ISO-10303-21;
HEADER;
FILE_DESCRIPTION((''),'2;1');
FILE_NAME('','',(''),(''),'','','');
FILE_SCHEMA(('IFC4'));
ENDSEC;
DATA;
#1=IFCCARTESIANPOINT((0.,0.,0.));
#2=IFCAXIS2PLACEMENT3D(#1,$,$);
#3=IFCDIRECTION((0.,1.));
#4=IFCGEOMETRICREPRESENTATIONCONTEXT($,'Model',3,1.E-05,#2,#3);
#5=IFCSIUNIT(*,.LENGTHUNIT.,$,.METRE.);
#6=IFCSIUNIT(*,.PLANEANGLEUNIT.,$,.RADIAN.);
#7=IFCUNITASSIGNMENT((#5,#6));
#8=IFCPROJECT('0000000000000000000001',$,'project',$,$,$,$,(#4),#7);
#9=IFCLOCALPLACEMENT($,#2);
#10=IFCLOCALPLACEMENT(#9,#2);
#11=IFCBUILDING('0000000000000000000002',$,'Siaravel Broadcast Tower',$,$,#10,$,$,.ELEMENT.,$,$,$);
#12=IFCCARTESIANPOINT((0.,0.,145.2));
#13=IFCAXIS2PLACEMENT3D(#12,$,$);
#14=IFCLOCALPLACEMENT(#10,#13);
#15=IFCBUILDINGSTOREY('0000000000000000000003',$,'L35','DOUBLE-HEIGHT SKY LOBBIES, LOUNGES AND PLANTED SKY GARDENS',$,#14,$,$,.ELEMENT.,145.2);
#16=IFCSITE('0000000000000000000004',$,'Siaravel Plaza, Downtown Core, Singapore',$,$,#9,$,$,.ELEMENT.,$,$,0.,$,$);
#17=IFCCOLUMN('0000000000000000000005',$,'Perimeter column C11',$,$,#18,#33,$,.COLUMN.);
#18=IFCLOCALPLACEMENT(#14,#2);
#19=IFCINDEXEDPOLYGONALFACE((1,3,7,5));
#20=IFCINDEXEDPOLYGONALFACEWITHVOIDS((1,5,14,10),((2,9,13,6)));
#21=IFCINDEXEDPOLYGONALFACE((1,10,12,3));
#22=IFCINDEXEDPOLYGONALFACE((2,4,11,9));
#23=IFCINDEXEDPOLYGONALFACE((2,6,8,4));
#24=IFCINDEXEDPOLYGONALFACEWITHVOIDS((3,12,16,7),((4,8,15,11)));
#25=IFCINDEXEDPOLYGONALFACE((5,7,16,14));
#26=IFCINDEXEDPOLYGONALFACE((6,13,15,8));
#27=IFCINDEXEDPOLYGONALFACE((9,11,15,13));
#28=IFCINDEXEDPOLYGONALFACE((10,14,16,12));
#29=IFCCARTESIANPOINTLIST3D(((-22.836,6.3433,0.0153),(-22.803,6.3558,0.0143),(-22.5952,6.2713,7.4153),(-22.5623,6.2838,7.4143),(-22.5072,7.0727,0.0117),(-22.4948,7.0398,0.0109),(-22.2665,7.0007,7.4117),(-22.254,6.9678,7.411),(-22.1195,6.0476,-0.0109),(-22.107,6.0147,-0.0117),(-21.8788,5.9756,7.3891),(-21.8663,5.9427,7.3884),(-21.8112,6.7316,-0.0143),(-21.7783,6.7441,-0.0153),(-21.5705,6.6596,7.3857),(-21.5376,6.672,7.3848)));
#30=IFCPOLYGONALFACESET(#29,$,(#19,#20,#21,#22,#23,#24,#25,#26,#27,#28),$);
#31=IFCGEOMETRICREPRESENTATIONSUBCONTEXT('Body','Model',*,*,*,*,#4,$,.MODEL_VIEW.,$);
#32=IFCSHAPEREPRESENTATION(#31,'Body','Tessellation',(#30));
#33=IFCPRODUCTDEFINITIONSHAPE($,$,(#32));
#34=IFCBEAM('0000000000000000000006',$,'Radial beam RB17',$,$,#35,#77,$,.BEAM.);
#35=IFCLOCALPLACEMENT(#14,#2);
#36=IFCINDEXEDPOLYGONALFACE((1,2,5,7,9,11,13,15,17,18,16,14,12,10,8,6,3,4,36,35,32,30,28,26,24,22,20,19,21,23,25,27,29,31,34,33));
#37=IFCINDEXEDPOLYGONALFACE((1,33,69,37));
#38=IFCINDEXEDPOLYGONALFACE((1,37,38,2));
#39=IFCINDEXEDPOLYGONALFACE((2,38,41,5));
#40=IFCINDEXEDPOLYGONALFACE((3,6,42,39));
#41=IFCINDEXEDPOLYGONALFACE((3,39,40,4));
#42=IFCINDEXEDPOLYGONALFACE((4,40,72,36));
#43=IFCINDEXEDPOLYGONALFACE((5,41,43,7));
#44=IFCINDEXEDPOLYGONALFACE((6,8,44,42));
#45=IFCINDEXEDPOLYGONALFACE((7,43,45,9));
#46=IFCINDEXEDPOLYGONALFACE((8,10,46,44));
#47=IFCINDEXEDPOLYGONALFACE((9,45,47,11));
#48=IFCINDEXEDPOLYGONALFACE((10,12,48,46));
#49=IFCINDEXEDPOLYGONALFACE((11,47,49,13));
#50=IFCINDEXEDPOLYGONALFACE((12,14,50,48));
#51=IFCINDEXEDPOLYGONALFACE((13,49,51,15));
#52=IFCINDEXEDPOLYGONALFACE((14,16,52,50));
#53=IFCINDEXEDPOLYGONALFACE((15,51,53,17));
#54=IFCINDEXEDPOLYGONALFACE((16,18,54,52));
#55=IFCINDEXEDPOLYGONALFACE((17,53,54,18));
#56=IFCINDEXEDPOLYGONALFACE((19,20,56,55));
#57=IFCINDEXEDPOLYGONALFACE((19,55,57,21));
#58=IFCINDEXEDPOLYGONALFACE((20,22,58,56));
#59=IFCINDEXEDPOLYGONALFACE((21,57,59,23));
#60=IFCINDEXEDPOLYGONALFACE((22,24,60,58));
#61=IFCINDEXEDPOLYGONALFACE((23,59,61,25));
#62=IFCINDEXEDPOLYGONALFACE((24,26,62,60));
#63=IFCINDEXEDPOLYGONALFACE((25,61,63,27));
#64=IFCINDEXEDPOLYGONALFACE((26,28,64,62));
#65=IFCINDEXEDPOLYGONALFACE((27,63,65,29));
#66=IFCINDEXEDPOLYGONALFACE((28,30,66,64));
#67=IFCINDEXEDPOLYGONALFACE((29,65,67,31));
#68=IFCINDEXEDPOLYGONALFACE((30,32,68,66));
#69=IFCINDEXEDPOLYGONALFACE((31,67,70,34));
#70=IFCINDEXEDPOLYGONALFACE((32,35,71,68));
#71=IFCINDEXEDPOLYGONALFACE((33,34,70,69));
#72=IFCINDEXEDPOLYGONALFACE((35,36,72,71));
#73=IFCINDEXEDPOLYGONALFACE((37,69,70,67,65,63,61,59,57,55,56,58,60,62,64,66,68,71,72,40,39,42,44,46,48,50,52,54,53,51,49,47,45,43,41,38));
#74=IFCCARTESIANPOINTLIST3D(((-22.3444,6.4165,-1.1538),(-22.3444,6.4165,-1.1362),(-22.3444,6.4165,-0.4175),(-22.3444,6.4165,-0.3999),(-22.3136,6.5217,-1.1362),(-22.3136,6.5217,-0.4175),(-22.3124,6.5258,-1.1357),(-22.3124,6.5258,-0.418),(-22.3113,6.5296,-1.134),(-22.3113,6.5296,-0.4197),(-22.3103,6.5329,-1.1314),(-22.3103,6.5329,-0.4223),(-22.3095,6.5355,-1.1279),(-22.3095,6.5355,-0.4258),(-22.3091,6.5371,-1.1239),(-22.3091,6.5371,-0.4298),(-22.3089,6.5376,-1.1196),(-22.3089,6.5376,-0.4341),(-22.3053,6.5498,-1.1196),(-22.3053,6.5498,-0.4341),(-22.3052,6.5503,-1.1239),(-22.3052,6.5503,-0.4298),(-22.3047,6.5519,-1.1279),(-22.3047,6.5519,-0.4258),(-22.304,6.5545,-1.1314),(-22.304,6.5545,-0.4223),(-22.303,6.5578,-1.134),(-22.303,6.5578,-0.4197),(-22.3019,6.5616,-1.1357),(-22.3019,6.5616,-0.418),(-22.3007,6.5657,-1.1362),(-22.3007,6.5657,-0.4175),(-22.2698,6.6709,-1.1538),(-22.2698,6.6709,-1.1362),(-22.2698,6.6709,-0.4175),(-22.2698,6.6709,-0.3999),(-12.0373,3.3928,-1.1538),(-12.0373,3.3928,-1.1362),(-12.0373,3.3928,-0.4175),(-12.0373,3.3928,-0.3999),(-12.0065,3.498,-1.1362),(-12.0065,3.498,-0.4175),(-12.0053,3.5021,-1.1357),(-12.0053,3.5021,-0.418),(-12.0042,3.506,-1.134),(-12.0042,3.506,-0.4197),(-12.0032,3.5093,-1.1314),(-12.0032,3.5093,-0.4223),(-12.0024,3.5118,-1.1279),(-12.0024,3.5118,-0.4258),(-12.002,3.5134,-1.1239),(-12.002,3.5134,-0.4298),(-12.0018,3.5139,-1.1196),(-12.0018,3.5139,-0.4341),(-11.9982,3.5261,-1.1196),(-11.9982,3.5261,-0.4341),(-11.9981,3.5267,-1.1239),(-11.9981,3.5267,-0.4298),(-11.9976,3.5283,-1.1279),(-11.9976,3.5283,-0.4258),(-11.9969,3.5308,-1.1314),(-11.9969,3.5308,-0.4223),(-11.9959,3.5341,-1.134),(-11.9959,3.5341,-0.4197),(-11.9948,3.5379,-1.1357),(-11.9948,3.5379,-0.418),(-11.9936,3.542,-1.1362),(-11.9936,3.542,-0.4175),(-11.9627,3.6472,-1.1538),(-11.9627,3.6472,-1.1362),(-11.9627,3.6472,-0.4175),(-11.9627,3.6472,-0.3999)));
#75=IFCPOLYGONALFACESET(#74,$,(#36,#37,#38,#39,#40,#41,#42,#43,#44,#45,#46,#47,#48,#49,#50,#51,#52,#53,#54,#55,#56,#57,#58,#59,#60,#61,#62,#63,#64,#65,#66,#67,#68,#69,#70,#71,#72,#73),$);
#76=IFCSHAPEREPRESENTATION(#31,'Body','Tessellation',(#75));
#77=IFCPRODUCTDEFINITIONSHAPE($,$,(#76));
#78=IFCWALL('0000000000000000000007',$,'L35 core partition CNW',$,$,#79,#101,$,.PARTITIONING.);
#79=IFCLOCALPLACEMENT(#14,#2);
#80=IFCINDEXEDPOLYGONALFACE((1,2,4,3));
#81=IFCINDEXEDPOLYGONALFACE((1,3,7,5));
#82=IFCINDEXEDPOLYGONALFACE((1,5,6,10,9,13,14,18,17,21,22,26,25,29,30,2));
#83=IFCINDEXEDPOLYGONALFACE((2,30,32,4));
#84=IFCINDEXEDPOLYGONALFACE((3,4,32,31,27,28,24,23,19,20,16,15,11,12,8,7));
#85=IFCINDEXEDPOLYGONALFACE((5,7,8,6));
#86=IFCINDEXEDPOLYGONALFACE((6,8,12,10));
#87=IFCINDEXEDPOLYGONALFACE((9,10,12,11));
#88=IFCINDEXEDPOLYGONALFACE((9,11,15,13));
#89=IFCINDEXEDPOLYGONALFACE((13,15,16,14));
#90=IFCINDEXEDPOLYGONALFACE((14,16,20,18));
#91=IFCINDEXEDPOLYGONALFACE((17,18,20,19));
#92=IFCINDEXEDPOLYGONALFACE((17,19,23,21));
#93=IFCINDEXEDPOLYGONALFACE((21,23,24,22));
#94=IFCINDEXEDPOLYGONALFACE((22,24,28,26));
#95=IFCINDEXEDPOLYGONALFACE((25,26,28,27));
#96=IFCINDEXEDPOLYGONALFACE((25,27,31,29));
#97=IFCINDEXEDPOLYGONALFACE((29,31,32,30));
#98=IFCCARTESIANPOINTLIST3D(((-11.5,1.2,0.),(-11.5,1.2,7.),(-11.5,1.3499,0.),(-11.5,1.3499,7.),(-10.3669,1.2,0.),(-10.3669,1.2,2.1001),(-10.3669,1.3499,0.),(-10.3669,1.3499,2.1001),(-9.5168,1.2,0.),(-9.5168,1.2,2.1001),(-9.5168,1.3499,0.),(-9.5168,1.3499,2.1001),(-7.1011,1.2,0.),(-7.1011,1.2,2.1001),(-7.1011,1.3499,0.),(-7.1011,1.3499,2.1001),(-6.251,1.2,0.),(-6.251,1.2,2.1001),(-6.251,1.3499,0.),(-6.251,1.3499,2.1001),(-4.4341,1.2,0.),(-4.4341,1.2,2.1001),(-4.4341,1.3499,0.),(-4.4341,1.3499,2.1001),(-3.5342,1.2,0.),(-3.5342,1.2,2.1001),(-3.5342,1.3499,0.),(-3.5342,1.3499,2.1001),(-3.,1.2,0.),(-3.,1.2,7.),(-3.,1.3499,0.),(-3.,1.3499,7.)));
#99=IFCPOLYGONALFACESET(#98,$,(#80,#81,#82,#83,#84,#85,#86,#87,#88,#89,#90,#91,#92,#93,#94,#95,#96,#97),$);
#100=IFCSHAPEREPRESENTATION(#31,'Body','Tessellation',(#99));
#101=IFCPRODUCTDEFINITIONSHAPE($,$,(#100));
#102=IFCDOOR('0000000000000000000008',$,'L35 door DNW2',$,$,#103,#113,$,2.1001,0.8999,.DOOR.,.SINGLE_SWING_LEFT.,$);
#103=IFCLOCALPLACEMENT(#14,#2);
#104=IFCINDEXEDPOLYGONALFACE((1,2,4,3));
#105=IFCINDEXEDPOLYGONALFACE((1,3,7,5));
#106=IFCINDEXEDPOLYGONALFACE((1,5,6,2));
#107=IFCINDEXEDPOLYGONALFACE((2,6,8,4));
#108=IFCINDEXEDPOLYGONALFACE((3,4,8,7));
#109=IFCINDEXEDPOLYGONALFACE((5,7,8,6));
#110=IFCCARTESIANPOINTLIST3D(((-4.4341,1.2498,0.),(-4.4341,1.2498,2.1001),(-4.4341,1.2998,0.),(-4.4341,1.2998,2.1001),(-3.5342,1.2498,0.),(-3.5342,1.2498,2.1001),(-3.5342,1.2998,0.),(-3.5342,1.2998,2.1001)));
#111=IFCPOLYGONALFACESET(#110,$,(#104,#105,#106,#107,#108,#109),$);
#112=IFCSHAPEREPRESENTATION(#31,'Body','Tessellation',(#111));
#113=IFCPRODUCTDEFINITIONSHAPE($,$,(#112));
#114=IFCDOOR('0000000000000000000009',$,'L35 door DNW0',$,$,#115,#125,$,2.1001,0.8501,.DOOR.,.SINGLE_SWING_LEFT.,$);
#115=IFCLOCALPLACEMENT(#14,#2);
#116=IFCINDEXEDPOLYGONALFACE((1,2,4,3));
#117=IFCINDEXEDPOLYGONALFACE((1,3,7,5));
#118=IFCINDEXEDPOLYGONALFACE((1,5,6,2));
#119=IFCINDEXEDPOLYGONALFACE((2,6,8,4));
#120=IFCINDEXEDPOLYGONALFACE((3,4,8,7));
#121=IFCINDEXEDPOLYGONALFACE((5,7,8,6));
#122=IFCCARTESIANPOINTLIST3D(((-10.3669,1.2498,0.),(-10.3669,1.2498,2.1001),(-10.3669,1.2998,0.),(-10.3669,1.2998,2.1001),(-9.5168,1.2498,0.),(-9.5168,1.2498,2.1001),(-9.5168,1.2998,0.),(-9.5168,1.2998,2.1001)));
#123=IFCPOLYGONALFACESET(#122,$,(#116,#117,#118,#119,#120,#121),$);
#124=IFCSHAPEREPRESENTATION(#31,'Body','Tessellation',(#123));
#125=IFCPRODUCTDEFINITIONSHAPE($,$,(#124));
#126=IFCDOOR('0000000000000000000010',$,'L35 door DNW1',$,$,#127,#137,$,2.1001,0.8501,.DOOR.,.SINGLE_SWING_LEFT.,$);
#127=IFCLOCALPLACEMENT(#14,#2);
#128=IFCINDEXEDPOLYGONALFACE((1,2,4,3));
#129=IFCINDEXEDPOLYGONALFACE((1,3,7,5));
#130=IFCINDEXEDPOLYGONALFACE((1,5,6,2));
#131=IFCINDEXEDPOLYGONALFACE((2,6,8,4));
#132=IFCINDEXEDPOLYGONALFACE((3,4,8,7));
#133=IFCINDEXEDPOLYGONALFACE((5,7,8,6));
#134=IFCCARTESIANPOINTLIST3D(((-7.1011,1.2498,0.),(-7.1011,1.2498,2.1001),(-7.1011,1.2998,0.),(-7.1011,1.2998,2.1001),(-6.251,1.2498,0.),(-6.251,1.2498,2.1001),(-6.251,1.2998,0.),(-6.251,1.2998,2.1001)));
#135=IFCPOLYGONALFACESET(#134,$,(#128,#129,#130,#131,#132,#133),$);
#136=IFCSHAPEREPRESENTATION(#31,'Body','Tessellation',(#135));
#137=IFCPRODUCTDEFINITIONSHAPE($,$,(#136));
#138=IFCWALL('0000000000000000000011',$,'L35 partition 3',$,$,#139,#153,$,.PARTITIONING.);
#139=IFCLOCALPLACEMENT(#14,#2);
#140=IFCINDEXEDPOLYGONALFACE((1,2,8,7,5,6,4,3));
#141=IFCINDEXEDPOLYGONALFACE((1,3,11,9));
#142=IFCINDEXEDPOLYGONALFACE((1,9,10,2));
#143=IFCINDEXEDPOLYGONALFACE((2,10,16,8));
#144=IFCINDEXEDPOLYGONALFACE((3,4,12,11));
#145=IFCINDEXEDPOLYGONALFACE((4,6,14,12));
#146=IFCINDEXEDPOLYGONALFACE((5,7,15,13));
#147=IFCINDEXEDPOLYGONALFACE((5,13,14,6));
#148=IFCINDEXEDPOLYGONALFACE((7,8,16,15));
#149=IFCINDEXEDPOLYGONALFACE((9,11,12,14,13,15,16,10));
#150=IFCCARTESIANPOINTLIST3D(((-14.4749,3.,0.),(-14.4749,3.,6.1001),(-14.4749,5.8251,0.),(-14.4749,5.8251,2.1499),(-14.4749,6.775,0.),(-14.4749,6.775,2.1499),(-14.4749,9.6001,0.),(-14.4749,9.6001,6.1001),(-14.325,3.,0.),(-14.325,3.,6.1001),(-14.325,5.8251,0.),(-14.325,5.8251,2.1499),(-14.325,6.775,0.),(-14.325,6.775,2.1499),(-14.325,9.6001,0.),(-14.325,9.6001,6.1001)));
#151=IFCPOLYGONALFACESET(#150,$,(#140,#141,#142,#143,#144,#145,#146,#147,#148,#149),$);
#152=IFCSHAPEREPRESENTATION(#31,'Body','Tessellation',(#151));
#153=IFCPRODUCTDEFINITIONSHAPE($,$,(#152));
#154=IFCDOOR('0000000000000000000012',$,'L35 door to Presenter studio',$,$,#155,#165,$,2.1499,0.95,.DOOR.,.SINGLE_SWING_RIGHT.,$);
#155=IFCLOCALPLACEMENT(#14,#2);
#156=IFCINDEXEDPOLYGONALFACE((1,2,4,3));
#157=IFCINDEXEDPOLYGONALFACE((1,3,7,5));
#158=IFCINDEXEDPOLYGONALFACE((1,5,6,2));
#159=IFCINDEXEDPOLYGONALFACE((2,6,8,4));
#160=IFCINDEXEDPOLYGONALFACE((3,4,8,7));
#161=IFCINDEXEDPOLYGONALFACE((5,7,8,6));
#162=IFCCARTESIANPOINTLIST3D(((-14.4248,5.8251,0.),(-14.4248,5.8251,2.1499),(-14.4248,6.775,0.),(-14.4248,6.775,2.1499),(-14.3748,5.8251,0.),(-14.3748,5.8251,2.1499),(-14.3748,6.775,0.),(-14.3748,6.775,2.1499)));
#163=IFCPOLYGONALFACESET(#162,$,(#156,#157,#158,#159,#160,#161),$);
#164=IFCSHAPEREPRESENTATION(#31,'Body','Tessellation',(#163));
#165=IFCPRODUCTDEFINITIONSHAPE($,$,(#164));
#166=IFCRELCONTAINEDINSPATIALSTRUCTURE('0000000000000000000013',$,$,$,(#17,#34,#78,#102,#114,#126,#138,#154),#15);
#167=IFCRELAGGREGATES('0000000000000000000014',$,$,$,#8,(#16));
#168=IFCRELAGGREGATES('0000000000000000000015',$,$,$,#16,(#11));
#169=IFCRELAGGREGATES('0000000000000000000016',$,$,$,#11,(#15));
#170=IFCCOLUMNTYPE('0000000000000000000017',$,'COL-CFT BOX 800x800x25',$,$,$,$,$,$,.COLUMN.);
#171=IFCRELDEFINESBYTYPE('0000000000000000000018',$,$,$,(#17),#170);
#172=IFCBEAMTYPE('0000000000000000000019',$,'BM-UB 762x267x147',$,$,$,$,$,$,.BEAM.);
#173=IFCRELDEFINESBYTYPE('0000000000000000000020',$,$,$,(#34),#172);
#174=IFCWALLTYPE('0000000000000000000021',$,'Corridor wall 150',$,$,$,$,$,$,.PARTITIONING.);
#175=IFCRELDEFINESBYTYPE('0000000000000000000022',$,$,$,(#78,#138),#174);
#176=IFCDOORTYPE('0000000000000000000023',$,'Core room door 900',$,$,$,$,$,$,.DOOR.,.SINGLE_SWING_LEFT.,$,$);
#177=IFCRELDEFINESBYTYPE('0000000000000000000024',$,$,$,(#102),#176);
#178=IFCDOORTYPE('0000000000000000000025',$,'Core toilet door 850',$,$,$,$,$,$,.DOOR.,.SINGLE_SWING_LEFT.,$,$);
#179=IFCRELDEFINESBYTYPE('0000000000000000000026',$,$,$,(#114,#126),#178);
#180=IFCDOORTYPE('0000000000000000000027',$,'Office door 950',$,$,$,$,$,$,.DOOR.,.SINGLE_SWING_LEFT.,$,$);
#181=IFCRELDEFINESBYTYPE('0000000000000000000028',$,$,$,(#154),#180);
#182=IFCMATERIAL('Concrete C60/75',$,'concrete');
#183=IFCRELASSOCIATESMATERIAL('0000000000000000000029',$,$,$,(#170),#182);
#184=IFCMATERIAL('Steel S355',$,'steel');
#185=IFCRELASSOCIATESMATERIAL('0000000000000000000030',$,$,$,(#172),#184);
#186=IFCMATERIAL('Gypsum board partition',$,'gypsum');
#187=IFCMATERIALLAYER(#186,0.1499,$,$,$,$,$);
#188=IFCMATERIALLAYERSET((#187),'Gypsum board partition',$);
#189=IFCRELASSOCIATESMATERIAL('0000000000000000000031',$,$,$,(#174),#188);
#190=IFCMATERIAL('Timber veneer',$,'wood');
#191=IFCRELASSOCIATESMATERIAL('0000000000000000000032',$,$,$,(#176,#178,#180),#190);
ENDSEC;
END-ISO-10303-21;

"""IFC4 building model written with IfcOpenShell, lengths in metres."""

from ifc_helpers import new_model, si_unit, direction, frame, frame_2d, origin, origin_2d, place, context, subcontext, project, spatial, rectangle, hollow_rectangle, i_section, extrude, material, layer, layer_set, material_profile, profile_set, type_object, element, fill, save


model = new_model("IFC4")

# Units and contexts
model_context = context("Model", 3, precision=1e-05, world=origin(), true_north=direction((0.0, 1.0)))
body_context = subcontext(model_context, "Body", "Model", "MODEL_VIEW")
ifc_project = project(units=[si_unit("LENGTHUNIT", "METRE"), si_unit("PLANEANGLEUNIT", "RADIAN")], contexts=[model_context])

# Site, building, storey
site_placement = place(None, origin())
site = spatial("IfcSite", under=ifc_project, at=site_placement, Name="Siaravel Plaza, Downtown Core, Singapore", CompositionType="ELEMENT", RefElevation=0.0)
building_placement = place(site_placement, origin())
building = spatial("IfcBuilding", under=site, at=building_placement, Name="Siaravel Broadcast Tower", CompositionType="ELEMENT")
storey_placement = place(building_placement, frame((0.0, 0.0, 145.2)))
storey = spatial("IfcBuildingStorey", under=building, at=storey_placement, Name="L35", Description="DOUBLE-HEIGHT SKY LOBBIES, LOUNGES AND PLANTED SKY GARDENS", CompositionType="ELEMENT", Elevation=145.2)

# Column
ifc_material_1 = material(Name="Concrete C60/75", Category="concrete")
ifc_material_profile_1 = material_profile(ifc_material_1, hollow_rectangle(XDim=0.8, YDim=0.8, WallThickness=0.0249, at=origin_2d()))
ifc_profile_set_1 = profile_set([ifc_material_profile_1], Name="Concrete C60/75")
column_type = type_object("IfcColumnType", Name="COL-CFT BOX 800x800x25", PredefinedType="COLUMN", material=ifc_profile_set_1)
column_placement = place(storey_placement, frame((-22.3071, 6.5437, 0.0), z_axis=(0.032511, -0.009727, 0.999424), x_axis=(0.410894, 0.911672, -0.004493)))
element("IfcColumn", 1, at=column_placement, inside=storey, type_object=column_type, Name="Perimeter column C11", PredefinedType="COLUMN", context=body_context, shape_type="SweptSolid", body=[
    extrude(hollow_rectangle(XDim=0.8, YDim=0.8, WallThickness=0.0249, at=origin_2d()), origin(), (0.0, 0.0, 1.0), 7.4043),
])

# Beam
ifc_material_2 = material(Name="Steel S355", Category="steel")
ifc_material_profile_2 = material_profile(ifc_material_2, i_section(OverallWidth=0.2651, OverallDepth=0.7539, WebThickness=0.0127, FlangeThickness=0.0176, FilletRadius=0.0166, at=origin_2d()))
ifc_profile_set_2 = profile_set([ifc_material_profile_2], Name="Steel S355")
beam_type = type_object("IfcBeamType", Name="BM-UB 762x267x147", PredefinedType="BEAM", material=ifc_profile_set_2)
beam_placement = place(storey_placement, frame((-22.3071, 6.5437, -0.7769), z_axis=(0.959563, -0.281496, 0.0), x_axis=(0.281496, 0.959563, 0.0)))
element("IfcBeam", 2, at=beam_placement, inside=storey, type_object=beam_type, Name="Radial beam RB17", PredefinedType="BEAM", context=body_context, shape_type="SweptSolid", body=[
    extrude(i_section(OverallWidth=0.2651, OverallDepth=0.7539, WebThickness=0.0127, FlangeThickness=0.0176, FilletRadius=0.0166, at=origin_2d()), origin(), (0.0, 0.0, 1.0), 10.7415),
])

# Wall, openings, doors
ifc_material_3 = material(Name="Gypsum board partition", Category="gypsum")
ifc_layer_1 = layer(ifc_material_3, 0.1499)
ifc_layer_set_1 = layer_set([ifc_layer_1], Name="Gypsum board partition")
wall_type_1 = type_object("IfcWallType", Name="Corridor wall 150", PredefinedType="PARTITIONING", material=ifc_layer_set_1)
wall_1_placement = place(storey_placement, frame((-11.5, 1.2749, 0.0), z_axis=(0.0, 0.0, 1.0), x_axis=(1.0, 0.0, 0.0)))
wall_1 = element("IfcWall", 3, at=wall_1_placement, inside=storey, type_object=wall_type_1, Name="L35 core partition CNW", PredefinedType="PARTITIONING", context=body_context, shape_type="SweptSolid", body=[
    extrude(rectangle(XDim=8.5, YDim=0.1499, at=frame_2d((4.25, 0.0))), origin(), (0.0, 0.0, 1.0), 7.0),
])
opening_1_placement = place(wall_1_placement, frame((1.1331, 0.0, 0.0)))
opening_1 = element("IfcOpeningElement", 4, at=opening_1_placement, cuts=wall_1, PredefinedType="OPENING", context=body_context, shape_type="SweptSolid", body=[
    extrude(rectangle(XDim=0.8501, YDim=2.1001, at=frame_2d((0.425, 1.05))), frame((0.0, 0.085, 0.0), z_axis=(0.0, -1.0, 0.0), x_axis=(1.0, 0.0, 0.0)), (0.0, 0.0, 1.0), 0.1699),
])
opening_2_placement = place(wall_1_placement, frame((4.3989, 0.0, 0.0)))
opening_2 = element("IfcOpeningElement", 5, at=opening_2_placement, cuts=wall_1, PredefinedType="OPENING", context=body_context, shape_type="SweptSolid", body=[
    extrude(rectangle(XDim=0.8501, YDim=2.1001, at=frame_2d((0.425, 1.05))), frame((0.0, 0.085, 0.0), z_axis=(0.0, -1.0, 0.0), x_axis=(1.0, 0.0, 0.0)), (0.0, 0.0, 1.0), 0.1699),
])
opening_3_placement = place(wall_1_placement, frame((7.0659, 0.0, 0.0)))
opening_3 = element("IfcOpeningElement", 6, at=opening_3_placement, cuts=wall_1, PredefinedType="OPENING", context=body_context, shape_type="SweptSolid", body=[
    extrude(rectangle(XDim=0.8999, YDim=2.1001, at=frame_2d((0.45, 1.05))), frame((0.0, 0.085, 0.0), z_axis=(0.0, -1.0, 0.0), x_axis=(1.0, 0.0, 0.0)), (0.0, 0.0, 1.0), 0.1699),
])
ifc_material_4 = material(Name="Timber veneer", Category="wood")
door_type_1 = type_object("IfcDoorType", Name="Core room door 900", OperationType="SINGLE_SWING_LEFT", PredefinedType="DOOR", material=ifc_material_4)
door_1_placement = place(opening_3_placement, origin())
door_1 = element("IfcDoor", 7, at=door_1_placement, inside=storey, type_object=door_type_1, Name="L35 door DNW2", OperationType="SINGLE_SWING_LEFT", OverallHeight=2.1001, OverallWidth=0.8999, PredefinedType="DOOR", context=body_context, shape_type="SweptSolid", body=[
    extrude(rectangle(XDim=0.8999, YDim=2.1001, at=frame_2d((0.45, 1.05))), frame((0.0, 0.0249, 0.0), z_axis=(0.0, -1.0, 0.0), x_axis=(1.0, 0.0, 0.0)), (0.0, 0.0, 1.0), 0.05),
])
fill(opening_3, door_1)
door_type_2 = type_object("IfcDoorType", Name="Core toilet door 850", OperationType="SINGLE_SWING_LEFT", PredefinedType="DOOR", material=ifc_material_4)
door_2_placement = place(opening_1_placement, origin())
door_2 = element("IfcDoor", 8, at=door_2_placement, inside=storey, type_object=door_type_2, Name="L35 door DNW0", OperationType="SINGLE_SWING_LEFT", OverallHeight=2.1001, OverallWidth=0.8501, PredefinedType="DOOR", context=body_context, shape_type="SweptSolid", body=[
    extrude(rectangle(XDim=0.8501, YDim=2.1001, at=frame_2d((0.425, 1.05))), frame((0.0, 0.0249, 0.0), z_axis=(0.0, -1.0, 0.0), x_axis=(1.0, 0.0, 0.0)), (0.0, 0.0, 1.0), 0.05),
])
fill(opening_1, door_2)
door_3_placement = place(opening_2_placement, origin())
door_3 = element("IfcDoor", 9, at=door_3_placement, inside=storey, type_object=door_type_2, Name="L35 door DNW1", OperationType="SINGLE_SWING_LEFT", OverallHeight=2.1001, OverallWidth=0.8501, PredefinedType="DOOR", context=body_context, shape_type="SweptSolid", body=[
    extrude(rectangle(XDim=0.8501, YDim=2.1001, at=frame_2d((0.425, 1.05))), frame((0.0, 0.0249, 0.0), z_axis=(0.0, -1.0, 0.0), x_axis=(1.0, 0.0, 0.0)), (0.0, 0.0, 1.0), 0.05),
])
fill(opening_2, door_3)

# Wall, opening, door
wall_2_placement = place(storey_placement, frame((-14.3999, 3.0, 0.0), z_axis=(0.0, 0.0, 1.0), x_axis=(0.0, 1.0, 0.0)))
wall_2 = element("IfcWall", 10, at=wall_2_placement, inside=storey, type_object=wall_type_1, Name="L35 partition 3", PredefinedType="PARTITIONING", context=body_context, shape_type="SweptSolid", body=[
    extrude(rectangle(XDim=6.6001, YDim=0.1499, at=frame_2d((3.3, 0.0))), origin(), (0.0, 0.0, 1.0), 6.1001),
])
opening_4_placement = place(wall_2_placement, frame((2.825, 0.0, 0.0)))
opening_4 = element("IfcOpeningElement", 11, at=opening_4_placement, cuts=wall_2, PredefinedType="OPENING", context=body_context, shape_type="SweptSolid", body=[
    extrude(rectangle(XDim=0.95, YDim=2.1499, at=frame_2d((0.4751, 1.075))), frame((0.0, 0.085, 0.0), z_axis=(0.0, -1.0, 0.0), x_axis=(1.0, 0.0, 0.0)), (0.0, 0.0, 1.0), 0.1699),
])
door_type_3 = type_object("IfcDoorType", Name="Office door 950", OperationType="SINGLE_SWING_LEFT", PredefinedType="DOOR", material=ifc_material_4)
door_4_placement = place(opening_4_placement, origin())
door_4 = element("IfcDoor", 12, at=door_4_placement, inside=storey, type_object=door_type_3, Name="L35 door to Presenter studio", OperationType="SINGLE_SWING_RIGHT", OverallHeight=2.1499, OverallWidth=0.95, PredefinedType="DOOR", context=body_context, shape_type="SweptSolid", body=[
    extrude(rectangle(XDim=0.95, YDim=2.1499, at=frame_2d((0.4751, 1.075))), frame((0.0, 0.0249, 0.0), z_axis=(0.0, -1.0, 0.0), x_axis=(1.0, 0.0, 0.0)), (0.0, 0.0, 1.0), 0.05),
])
fill(opening_4, door_4)

save(model, "model.ifc")
